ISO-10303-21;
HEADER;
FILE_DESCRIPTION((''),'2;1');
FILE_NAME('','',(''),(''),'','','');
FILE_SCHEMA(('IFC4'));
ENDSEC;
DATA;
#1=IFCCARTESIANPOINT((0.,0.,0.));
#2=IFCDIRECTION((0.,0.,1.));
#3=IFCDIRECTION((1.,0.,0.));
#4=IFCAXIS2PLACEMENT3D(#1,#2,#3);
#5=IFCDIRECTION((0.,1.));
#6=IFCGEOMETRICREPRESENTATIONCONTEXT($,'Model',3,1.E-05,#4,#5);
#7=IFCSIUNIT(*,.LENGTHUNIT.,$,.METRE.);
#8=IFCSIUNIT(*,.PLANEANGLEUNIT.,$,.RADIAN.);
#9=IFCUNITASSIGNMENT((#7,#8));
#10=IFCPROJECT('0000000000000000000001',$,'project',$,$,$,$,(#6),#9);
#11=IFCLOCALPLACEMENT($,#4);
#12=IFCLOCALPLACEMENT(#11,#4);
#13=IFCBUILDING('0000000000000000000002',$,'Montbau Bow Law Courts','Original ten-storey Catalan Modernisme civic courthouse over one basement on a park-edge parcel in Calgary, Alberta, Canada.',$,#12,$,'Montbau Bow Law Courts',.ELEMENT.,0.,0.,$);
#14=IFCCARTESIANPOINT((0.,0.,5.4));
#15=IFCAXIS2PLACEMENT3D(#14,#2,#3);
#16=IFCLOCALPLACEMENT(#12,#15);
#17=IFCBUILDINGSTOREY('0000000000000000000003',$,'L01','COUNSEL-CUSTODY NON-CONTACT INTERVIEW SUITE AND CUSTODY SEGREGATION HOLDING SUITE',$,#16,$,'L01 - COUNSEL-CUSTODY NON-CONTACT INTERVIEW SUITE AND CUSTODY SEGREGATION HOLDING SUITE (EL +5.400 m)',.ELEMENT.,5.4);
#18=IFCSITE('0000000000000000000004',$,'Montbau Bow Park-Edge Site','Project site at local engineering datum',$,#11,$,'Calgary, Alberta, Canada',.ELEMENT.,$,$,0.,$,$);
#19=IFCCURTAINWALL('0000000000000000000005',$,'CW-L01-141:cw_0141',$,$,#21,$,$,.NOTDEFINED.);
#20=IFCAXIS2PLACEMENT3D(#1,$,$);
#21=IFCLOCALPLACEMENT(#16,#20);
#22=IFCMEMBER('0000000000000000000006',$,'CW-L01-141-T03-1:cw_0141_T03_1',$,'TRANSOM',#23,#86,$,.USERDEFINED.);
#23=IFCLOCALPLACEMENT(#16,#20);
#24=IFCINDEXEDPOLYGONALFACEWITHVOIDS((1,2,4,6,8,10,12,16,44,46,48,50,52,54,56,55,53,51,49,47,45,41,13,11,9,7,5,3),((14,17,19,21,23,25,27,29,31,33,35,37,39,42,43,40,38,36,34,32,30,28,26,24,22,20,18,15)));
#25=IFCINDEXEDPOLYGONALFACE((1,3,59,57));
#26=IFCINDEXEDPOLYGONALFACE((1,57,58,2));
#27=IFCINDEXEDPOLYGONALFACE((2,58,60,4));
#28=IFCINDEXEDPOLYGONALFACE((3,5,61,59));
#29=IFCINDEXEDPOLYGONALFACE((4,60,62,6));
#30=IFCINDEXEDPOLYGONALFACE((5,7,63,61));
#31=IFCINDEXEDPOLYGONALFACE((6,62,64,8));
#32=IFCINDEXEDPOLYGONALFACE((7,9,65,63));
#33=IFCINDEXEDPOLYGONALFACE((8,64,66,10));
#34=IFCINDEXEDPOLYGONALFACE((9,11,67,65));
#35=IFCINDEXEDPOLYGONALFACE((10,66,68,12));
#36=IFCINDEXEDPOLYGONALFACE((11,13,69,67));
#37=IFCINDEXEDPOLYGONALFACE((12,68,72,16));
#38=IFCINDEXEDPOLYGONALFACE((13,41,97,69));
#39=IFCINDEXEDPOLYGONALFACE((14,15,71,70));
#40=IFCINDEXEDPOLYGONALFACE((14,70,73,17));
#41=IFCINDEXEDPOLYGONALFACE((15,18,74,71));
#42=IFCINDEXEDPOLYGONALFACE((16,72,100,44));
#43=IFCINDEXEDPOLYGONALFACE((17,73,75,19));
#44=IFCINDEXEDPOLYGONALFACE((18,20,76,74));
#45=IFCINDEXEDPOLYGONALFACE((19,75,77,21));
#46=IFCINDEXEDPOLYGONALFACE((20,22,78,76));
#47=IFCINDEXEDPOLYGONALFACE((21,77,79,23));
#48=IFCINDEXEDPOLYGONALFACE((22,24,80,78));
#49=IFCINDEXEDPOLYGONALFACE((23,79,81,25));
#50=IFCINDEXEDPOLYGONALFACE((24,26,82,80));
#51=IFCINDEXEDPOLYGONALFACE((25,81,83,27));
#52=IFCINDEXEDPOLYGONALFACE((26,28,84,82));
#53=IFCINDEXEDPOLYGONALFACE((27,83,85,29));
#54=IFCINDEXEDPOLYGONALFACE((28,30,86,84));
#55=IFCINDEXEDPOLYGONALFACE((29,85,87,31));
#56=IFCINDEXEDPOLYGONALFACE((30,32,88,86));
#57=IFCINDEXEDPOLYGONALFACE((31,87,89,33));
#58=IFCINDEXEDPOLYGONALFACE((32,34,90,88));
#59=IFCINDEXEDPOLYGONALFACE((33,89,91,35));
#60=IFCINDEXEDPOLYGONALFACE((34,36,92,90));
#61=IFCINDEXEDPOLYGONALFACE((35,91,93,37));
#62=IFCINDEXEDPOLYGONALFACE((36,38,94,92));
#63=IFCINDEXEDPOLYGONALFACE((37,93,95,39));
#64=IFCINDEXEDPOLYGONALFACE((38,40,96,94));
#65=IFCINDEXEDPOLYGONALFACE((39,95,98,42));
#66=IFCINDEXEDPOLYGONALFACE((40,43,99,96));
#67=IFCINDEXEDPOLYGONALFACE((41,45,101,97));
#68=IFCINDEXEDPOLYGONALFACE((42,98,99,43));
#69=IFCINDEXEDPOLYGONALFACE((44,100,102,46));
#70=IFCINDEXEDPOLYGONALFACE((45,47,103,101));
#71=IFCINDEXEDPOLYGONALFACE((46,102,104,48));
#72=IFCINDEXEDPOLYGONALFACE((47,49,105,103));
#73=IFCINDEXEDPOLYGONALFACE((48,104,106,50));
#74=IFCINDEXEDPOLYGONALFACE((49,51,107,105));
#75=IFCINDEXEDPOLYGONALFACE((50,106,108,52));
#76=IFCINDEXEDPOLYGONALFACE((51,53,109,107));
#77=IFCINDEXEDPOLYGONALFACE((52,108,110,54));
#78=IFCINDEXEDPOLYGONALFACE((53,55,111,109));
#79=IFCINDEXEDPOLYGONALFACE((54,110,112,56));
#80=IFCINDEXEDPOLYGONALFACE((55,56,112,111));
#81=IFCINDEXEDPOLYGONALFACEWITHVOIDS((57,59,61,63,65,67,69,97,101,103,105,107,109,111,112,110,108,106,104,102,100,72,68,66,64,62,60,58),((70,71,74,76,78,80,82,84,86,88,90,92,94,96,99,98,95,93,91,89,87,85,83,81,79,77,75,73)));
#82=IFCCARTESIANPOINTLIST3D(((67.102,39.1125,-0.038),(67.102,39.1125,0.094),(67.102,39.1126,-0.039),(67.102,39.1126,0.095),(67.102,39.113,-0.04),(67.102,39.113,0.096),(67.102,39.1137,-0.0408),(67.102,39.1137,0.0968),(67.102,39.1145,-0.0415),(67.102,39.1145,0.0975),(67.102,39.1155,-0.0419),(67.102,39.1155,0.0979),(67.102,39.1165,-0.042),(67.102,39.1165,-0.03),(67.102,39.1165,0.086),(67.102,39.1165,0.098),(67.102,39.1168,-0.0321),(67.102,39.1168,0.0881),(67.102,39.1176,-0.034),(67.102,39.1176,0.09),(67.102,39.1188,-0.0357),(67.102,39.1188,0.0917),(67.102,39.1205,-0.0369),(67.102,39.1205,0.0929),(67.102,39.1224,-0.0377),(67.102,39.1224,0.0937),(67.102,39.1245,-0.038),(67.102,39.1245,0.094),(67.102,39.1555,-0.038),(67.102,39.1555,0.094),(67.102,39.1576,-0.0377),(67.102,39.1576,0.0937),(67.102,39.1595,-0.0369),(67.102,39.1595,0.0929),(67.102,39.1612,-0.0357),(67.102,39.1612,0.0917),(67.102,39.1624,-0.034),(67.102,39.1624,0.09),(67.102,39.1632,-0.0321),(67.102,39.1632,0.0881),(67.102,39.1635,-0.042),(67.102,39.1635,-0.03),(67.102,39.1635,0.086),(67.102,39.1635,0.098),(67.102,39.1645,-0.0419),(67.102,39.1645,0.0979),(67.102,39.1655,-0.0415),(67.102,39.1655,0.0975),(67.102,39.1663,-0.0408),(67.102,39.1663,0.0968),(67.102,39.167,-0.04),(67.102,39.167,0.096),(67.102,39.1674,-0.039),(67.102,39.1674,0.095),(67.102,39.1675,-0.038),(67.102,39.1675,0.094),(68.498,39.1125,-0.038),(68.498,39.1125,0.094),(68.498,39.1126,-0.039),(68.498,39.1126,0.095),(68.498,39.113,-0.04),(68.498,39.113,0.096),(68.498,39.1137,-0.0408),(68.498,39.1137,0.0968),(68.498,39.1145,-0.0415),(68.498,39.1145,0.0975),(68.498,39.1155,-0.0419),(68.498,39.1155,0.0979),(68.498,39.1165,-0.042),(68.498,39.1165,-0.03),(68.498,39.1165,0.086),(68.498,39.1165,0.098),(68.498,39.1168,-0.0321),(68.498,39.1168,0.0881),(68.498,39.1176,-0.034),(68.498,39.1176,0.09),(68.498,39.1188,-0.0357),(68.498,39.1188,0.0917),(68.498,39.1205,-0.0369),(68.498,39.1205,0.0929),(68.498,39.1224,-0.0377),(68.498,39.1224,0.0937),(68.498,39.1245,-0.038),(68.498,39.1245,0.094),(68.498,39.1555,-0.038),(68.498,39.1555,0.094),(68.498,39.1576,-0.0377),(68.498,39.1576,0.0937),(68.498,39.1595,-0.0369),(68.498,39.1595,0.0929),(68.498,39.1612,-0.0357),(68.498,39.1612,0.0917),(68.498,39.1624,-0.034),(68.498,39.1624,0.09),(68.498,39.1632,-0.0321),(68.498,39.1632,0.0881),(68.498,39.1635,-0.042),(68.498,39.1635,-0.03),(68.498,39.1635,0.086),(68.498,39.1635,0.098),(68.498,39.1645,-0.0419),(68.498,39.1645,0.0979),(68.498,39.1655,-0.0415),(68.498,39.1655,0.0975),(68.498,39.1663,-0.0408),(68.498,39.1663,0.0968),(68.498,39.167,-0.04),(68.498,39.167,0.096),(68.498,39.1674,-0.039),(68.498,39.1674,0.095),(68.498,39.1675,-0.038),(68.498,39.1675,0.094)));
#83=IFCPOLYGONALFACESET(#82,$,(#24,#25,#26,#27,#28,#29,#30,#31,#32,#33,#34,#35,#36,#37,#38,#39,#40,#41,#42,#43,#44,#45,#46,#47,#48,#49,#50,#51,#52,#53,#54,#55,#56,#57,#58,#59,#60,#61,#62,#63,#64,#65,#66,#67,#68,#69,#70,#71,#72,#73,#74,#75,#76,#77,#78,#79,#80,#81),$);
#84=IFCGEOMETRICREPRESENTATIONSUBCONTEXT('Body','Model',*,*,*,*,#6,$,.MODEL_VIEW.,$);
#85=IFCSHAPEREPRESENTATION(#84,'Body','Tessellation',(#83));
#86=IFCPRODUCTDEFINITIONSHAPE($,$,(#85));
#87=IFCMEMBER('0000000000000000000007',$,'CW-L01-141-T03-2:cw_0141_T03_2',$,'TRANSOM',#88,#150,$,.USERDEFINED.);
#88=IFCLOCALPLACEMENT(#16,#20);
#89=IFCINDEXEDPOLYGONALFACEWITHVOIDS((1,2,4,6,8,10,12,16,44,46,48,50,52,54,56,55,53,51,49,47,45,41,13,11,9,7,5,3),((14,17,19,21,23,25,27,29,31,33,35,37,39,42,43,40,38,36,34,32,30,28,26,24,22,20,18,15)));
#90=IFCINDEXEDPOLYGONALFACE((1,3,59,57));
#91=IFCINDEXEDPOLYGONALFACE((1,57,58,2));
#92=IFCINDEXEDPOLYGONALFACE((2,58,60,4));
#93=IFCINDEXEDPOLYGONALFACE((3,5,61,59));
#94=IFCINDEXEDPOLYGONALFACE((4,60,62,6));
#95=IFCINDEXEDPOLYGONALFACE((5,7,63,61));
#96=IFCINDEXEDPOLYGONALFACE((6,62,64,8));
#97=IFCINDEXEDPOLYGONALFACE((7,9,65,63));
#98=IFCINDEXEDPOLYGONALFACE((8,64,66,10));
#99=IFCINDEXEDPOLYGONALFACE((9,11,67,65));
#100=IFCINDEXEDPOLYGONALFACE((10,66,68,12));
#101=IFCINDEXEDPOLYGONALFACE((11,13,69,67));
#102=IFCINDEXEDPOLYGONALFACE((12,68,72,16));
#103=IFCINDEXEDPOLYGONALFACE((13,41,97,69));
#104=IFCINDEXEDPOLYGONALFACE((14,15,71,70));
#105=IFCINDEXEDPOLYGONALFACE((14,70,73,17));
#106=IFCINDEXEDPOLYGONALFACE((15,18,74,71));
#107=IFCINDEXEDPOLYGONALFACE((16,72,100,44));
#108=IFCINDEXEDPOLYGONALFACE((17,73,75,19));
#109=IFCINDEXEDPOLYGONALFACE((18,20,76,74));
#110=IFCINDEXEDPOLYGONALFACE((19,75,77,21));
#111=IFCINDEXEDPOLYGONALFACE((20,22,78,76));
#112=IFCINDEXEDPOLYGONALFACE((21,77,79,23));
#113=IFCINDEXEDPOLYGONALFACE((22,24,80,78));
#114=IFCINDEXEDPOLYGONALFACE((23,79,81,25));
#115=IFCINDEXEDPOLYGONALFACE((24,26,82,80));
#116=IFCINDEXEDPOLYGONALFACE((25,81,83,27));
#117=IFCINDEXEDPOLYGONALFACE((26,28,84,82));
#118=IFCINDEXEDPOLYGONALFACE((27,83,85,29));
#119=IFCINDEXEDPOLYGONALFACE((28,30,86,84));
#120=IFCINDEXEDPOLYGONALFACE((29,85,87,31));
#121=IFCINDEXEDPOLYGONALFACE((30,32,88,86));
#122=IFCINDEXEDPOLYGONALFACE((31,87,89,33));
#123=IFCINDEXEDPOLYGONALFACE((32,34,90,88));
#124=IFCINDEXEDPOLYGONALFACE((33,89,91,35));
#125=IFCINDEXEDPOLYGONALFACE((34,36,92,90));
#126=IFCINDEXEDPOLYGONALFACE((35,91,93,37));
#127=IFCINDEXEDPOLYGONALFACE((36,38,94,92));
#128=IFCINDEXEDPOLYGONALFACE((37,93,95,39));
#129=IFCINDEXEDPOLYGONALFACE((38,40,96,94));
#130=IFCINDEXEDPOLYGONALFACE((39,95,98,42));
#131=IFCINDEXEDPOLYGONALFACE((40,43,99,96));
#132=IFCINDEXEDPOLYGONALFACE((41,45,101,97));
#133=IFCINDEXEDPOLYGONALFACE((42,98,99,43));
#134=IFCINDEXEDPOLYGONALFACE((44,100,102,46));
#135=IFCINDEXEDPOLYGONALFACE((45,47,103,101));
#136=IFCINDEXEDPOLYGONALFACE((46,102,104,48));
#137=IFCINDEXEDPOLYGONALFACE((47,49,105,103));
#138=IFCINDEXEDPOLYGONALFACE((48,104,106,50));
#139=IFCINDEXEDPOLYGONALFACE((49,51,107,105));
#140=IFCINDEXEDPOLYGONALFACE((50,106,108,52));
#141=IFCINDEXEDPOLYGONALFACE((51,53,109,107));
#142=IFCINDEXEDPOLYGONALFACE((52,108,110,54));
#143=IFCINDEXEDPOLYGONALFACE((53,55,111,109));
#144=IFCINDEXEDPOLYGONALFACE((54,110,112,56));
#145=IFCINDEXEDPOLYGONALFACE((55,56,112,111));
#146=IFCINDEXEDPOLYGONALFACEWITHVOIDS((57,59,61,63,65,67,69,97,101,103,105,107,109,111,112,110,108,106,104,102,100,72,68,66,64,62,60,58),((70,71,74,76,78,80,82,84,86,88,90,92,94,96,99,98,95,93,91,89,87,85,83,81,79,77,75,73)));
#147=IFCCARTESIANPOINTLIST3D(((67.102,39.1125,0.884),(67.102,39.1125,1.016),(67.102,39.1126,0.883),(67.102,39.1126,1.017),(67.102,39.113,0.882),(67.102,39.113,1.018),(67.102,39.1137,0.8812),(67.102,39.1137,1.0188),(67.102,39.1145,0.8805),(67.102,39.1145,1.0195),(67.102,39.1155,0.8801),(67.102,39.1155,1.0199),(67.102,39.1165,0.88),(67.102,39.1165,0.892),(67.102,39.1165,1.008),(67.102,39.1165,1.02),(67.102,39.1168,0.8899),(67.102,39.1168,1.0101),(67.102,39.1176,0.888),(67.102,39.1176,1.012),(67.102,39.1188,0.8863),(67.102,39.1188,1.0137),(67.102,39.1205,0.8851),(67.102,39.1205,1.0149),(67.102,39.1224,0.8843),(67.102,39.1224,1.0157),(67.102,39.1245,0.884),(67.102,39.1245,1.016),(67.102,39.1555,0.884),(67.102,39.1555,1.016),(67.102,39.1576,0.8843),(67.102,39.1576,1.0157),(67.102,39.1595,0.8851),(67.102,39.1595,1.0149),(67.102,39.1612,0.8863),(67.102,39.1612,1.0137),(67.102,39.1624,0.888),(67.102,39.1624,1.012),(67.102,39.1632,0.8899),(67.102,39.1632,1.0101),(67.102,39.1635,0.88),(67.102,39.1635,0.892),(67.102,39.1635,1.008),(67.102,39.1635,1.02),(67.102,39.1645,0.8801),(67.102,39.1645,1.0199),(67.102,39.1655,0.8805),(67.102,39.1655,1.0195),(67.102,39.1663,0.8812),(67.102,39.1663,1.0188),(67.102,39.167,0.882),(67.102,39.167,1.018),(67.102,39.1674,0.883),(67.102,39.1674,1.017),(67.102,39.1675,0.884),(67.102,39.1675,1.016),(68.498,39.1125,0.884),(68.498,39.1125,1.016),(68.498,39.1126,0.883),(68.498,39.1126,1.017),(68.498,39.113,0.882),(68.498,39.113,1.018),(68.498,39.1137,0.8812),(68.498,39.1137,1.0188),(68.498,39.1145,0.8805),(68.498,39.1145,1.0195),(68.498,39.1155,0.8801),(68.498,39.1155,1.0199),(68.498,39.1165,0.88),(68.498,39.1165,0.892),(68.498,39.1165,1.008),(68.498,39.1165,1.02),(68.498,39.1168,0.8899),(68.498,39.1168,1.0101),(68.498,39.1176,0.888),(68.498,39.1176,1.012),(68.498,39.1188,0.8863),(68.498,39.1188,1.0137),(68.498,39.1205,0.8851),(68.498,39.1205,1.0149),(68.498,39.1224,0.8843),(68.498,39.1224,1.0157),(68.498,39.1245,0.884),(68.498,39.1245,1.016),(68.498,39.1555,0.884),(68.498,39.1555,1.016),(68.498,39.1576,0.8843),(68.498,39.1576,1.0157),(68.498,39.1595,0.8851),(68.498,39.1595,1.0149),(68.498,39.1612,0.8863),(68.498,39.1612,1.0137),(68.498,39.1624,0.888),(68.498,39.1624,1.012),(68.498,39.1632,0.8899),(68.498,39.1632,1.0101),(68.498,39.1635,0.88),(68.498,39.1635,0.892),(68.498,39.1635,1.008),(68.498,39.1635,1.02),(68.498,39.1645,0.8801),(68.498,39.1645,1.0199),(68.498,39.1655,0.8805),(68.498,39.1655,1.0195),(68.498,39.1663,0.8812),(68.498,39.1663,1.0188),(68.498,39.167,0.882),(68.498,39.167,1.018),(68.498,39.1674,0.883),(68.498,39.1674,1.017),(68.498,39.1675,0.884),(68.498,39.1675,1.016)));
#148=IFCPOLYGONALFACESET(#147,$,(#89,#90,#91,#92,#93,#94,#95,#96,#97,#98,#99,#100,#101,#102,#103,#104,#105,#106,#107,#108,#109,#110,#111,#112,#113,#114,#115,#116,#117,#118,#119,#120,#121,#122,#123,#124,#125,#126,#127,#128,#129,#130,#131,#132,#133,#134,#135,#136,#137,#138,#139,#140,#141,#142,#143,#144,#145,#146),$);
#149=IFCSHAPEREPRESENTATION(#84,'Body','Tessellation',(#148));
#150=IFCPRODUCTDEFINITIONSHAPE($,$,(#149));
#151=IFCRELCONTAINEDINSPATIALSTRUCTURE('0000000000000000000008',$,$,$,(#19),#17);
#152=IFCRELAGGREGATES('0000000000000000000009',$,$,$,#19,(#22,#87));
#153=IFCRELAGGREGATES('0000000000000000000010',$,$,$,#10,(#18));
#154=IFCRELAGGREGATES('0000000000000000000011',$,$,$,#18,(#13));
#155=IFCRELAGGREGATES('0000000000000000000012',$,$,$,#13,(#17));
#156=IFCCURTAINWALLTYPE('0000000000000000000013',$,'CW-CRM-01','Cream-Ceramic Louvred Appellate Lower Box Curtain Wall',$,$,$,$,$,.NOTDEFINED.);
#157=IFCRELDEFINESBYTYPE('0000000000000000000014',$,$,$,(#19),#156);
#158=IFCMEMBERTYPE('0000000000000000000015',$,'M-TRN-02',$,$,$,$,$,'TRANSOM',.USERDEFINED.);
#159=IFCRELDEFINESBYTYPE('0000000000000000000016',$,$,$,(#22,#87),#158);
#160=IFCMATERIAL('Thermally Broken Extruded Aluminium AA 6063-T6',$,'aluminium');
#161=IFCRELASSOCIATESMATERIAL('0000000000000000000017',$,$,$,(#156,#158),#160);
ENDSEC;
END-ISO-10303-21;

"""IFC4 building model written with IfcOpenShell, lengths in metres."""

from ifc_helpers import new_model, si_unit, direction, frame, origin_with_axes, origin_2d_with_axis, place, context, subcontext, project, spatial, hollow_rectangle, extrude, material, material_profile, profile_set, type_object, element, aggregate, save


model = new_model("IFC4")

# Units and contexts
model_context = context("Model", 3, precision=1e-05, world=origin_with_axes(), true_north=direction((0.0, 1.0)))
body_context = subcontext(model_context, "Body", "Model", "MODEL_VIEW")
ifc_project = project(units=[si_unit("LENGTHUNIT", "METRE"), si_unit("PLANEANGLEUNIT", "RADIAN")], contexts=[model_context])

# Site, building, storey
site_placement = place(None, origin_with_axes())
site = spatial("IfcSite", under=ifc_project, at=site_placement, Name="Montbau Bow Park-Edge Site", Description="Project site at local engineering datum", LongName="Calgary, Alberta, Canada", CompositionType="ELEMENT", RefElevation=0.0)
building_placement = place(site_placement, origin_with_axes())
building = spatial("IfcBuilding", under=site, at=building_placement, Name="Montbau Bow Law Courts", Description="Original ten-storey Catalan Modernisme civic courthouse over one basement on a park-edge parcel in Calgary, Alberta, Canada.", LongName="Montbau Bow Law Courts", CompositionType="ELEMENT", ElevationOfRefHeight=0.0, ElevationOfTerrain=0.0)
storey_placement = place(building_placement, frame((0.0, 0.0, 5.4), z_axis=(0.0, 0.0, 1.0), x_axis=(1.0, 0.0, 0.0)))
storey = spatial("IfcBuildingStorey", under=building, at=storey_placement, Name="L01", Description="COUNSEL-CUSTODY NON-CONTACT INTERVIEW SUITE AND CUSTODY SEGREGATION HOLDING SUITE", LongName="L01 - COUNSEL-CUSTODY NON-CONTACT INTERVIEW SUITE AND CUSTODY SEGREGATION HOLDING SUITE (EL +5.400 m)", CompositionType="ELEMENT", Elevation=5.4)

# Curtain wall, members
ifc_material_1 = material(Name="Thermally Broken Extruded Aluminium AA 6063-T6", Category="aluminium")
curtain_wall_type = type_object("IfcCurtainWallType", Name="CW-CRM-01", Description="Cream-Ceramic Louvred Appellate Lower Box Curtain Wall", PredefinedType="NOTDEFINED", material=ifc_material_1)
curtain_wall_placement = place(None, frame((64.115, 39.14, 5.4), z_axis=(0.0, 0.0, 1.0), x_axis=(1.0, 0.0, 0.0)))
curtain_wall = element("IfcCurtainWall", 1, at=curtain_wall_placement, inside=storey, type_object=curtain_wall_type, Name="CW-L01-141:cw_0141", PredefinedType="NOTDEFINED")
ifc_material_profile_1 = material_profile(ifc_material_1, hollow_rectangle(XDim=0.055, YDim=0.14, WallThickness=0.004, InnerFilletRadius=0.008, OuterFilletRadius=0.004, at=origin_2d_with_axis()), Name="CWT-140X55", Category="Main", Priority=0)
ifc_profile_set_1 = profile_set([ifc_material_profile_1], Name="Thermally Broken Extruded Aluminium AA 6063-T6")
member_type_1 = type_object("IfcMemberType", Name="M-TRN-02", ElementType="TRANSOM", PredefinedType="USERDEFINED", material=ifc_profile_set_1)
member_1_placement = place(None, frame((67.102, 39.14, 5.428), z_axis=(1.0, 0.0, 0.0), x_axis=(0.0, 1.0, 0.0)))
member_1 = element("IfcMember", 2, at=member_1_placement, type_object=member_type_1, Name="CW-L01-141-T03-1:cw_0141_T03_1", ObjectType="TRANSOM", PredefinedType="USERDEFINED", context=body_context, shape_type="SweptSolid", body=[
    extrude(hollow_rectangle(XDim=0.055, YDim=0.14, WallThickness=0.004, InnerFilletRadius=0.008, OuterFilletRadius=0.004, at=origin_2d_with_axis()), origin_with_axes(), (0.0, 0.0, 1.0), 1.396),
])
member_2_placement = place(None, frame((67.102, 39.14, 6.35), z_axis=(1.0, 0.0, 0.0), x_axis=(0.0, 1.0, 0.0)))
member_2 = element("IfcMember", 3, at=member_2_placement, type_object=member_type_1, Name="CW-L01-141-T03-2:cw_0141_T03_2", ObjectType="TRANSOM", PredefinedType="USERDEFINED", context=body_context, shape_type="SweptSolid", body=[
    extrude(hollow_rectangle(XDim=0.055, YDim=0.14, WallThickness=0.004, InnerFilletRadius=0.008, OuterFilletRadius=0.004, at=origin_2d_with_axis()), origin_with_axes(), (0.0, 0.0, 1.0), 1.396),
])
aggregate(curtain_wall, [member_1, member_2])

save(model, "model.ifc")
